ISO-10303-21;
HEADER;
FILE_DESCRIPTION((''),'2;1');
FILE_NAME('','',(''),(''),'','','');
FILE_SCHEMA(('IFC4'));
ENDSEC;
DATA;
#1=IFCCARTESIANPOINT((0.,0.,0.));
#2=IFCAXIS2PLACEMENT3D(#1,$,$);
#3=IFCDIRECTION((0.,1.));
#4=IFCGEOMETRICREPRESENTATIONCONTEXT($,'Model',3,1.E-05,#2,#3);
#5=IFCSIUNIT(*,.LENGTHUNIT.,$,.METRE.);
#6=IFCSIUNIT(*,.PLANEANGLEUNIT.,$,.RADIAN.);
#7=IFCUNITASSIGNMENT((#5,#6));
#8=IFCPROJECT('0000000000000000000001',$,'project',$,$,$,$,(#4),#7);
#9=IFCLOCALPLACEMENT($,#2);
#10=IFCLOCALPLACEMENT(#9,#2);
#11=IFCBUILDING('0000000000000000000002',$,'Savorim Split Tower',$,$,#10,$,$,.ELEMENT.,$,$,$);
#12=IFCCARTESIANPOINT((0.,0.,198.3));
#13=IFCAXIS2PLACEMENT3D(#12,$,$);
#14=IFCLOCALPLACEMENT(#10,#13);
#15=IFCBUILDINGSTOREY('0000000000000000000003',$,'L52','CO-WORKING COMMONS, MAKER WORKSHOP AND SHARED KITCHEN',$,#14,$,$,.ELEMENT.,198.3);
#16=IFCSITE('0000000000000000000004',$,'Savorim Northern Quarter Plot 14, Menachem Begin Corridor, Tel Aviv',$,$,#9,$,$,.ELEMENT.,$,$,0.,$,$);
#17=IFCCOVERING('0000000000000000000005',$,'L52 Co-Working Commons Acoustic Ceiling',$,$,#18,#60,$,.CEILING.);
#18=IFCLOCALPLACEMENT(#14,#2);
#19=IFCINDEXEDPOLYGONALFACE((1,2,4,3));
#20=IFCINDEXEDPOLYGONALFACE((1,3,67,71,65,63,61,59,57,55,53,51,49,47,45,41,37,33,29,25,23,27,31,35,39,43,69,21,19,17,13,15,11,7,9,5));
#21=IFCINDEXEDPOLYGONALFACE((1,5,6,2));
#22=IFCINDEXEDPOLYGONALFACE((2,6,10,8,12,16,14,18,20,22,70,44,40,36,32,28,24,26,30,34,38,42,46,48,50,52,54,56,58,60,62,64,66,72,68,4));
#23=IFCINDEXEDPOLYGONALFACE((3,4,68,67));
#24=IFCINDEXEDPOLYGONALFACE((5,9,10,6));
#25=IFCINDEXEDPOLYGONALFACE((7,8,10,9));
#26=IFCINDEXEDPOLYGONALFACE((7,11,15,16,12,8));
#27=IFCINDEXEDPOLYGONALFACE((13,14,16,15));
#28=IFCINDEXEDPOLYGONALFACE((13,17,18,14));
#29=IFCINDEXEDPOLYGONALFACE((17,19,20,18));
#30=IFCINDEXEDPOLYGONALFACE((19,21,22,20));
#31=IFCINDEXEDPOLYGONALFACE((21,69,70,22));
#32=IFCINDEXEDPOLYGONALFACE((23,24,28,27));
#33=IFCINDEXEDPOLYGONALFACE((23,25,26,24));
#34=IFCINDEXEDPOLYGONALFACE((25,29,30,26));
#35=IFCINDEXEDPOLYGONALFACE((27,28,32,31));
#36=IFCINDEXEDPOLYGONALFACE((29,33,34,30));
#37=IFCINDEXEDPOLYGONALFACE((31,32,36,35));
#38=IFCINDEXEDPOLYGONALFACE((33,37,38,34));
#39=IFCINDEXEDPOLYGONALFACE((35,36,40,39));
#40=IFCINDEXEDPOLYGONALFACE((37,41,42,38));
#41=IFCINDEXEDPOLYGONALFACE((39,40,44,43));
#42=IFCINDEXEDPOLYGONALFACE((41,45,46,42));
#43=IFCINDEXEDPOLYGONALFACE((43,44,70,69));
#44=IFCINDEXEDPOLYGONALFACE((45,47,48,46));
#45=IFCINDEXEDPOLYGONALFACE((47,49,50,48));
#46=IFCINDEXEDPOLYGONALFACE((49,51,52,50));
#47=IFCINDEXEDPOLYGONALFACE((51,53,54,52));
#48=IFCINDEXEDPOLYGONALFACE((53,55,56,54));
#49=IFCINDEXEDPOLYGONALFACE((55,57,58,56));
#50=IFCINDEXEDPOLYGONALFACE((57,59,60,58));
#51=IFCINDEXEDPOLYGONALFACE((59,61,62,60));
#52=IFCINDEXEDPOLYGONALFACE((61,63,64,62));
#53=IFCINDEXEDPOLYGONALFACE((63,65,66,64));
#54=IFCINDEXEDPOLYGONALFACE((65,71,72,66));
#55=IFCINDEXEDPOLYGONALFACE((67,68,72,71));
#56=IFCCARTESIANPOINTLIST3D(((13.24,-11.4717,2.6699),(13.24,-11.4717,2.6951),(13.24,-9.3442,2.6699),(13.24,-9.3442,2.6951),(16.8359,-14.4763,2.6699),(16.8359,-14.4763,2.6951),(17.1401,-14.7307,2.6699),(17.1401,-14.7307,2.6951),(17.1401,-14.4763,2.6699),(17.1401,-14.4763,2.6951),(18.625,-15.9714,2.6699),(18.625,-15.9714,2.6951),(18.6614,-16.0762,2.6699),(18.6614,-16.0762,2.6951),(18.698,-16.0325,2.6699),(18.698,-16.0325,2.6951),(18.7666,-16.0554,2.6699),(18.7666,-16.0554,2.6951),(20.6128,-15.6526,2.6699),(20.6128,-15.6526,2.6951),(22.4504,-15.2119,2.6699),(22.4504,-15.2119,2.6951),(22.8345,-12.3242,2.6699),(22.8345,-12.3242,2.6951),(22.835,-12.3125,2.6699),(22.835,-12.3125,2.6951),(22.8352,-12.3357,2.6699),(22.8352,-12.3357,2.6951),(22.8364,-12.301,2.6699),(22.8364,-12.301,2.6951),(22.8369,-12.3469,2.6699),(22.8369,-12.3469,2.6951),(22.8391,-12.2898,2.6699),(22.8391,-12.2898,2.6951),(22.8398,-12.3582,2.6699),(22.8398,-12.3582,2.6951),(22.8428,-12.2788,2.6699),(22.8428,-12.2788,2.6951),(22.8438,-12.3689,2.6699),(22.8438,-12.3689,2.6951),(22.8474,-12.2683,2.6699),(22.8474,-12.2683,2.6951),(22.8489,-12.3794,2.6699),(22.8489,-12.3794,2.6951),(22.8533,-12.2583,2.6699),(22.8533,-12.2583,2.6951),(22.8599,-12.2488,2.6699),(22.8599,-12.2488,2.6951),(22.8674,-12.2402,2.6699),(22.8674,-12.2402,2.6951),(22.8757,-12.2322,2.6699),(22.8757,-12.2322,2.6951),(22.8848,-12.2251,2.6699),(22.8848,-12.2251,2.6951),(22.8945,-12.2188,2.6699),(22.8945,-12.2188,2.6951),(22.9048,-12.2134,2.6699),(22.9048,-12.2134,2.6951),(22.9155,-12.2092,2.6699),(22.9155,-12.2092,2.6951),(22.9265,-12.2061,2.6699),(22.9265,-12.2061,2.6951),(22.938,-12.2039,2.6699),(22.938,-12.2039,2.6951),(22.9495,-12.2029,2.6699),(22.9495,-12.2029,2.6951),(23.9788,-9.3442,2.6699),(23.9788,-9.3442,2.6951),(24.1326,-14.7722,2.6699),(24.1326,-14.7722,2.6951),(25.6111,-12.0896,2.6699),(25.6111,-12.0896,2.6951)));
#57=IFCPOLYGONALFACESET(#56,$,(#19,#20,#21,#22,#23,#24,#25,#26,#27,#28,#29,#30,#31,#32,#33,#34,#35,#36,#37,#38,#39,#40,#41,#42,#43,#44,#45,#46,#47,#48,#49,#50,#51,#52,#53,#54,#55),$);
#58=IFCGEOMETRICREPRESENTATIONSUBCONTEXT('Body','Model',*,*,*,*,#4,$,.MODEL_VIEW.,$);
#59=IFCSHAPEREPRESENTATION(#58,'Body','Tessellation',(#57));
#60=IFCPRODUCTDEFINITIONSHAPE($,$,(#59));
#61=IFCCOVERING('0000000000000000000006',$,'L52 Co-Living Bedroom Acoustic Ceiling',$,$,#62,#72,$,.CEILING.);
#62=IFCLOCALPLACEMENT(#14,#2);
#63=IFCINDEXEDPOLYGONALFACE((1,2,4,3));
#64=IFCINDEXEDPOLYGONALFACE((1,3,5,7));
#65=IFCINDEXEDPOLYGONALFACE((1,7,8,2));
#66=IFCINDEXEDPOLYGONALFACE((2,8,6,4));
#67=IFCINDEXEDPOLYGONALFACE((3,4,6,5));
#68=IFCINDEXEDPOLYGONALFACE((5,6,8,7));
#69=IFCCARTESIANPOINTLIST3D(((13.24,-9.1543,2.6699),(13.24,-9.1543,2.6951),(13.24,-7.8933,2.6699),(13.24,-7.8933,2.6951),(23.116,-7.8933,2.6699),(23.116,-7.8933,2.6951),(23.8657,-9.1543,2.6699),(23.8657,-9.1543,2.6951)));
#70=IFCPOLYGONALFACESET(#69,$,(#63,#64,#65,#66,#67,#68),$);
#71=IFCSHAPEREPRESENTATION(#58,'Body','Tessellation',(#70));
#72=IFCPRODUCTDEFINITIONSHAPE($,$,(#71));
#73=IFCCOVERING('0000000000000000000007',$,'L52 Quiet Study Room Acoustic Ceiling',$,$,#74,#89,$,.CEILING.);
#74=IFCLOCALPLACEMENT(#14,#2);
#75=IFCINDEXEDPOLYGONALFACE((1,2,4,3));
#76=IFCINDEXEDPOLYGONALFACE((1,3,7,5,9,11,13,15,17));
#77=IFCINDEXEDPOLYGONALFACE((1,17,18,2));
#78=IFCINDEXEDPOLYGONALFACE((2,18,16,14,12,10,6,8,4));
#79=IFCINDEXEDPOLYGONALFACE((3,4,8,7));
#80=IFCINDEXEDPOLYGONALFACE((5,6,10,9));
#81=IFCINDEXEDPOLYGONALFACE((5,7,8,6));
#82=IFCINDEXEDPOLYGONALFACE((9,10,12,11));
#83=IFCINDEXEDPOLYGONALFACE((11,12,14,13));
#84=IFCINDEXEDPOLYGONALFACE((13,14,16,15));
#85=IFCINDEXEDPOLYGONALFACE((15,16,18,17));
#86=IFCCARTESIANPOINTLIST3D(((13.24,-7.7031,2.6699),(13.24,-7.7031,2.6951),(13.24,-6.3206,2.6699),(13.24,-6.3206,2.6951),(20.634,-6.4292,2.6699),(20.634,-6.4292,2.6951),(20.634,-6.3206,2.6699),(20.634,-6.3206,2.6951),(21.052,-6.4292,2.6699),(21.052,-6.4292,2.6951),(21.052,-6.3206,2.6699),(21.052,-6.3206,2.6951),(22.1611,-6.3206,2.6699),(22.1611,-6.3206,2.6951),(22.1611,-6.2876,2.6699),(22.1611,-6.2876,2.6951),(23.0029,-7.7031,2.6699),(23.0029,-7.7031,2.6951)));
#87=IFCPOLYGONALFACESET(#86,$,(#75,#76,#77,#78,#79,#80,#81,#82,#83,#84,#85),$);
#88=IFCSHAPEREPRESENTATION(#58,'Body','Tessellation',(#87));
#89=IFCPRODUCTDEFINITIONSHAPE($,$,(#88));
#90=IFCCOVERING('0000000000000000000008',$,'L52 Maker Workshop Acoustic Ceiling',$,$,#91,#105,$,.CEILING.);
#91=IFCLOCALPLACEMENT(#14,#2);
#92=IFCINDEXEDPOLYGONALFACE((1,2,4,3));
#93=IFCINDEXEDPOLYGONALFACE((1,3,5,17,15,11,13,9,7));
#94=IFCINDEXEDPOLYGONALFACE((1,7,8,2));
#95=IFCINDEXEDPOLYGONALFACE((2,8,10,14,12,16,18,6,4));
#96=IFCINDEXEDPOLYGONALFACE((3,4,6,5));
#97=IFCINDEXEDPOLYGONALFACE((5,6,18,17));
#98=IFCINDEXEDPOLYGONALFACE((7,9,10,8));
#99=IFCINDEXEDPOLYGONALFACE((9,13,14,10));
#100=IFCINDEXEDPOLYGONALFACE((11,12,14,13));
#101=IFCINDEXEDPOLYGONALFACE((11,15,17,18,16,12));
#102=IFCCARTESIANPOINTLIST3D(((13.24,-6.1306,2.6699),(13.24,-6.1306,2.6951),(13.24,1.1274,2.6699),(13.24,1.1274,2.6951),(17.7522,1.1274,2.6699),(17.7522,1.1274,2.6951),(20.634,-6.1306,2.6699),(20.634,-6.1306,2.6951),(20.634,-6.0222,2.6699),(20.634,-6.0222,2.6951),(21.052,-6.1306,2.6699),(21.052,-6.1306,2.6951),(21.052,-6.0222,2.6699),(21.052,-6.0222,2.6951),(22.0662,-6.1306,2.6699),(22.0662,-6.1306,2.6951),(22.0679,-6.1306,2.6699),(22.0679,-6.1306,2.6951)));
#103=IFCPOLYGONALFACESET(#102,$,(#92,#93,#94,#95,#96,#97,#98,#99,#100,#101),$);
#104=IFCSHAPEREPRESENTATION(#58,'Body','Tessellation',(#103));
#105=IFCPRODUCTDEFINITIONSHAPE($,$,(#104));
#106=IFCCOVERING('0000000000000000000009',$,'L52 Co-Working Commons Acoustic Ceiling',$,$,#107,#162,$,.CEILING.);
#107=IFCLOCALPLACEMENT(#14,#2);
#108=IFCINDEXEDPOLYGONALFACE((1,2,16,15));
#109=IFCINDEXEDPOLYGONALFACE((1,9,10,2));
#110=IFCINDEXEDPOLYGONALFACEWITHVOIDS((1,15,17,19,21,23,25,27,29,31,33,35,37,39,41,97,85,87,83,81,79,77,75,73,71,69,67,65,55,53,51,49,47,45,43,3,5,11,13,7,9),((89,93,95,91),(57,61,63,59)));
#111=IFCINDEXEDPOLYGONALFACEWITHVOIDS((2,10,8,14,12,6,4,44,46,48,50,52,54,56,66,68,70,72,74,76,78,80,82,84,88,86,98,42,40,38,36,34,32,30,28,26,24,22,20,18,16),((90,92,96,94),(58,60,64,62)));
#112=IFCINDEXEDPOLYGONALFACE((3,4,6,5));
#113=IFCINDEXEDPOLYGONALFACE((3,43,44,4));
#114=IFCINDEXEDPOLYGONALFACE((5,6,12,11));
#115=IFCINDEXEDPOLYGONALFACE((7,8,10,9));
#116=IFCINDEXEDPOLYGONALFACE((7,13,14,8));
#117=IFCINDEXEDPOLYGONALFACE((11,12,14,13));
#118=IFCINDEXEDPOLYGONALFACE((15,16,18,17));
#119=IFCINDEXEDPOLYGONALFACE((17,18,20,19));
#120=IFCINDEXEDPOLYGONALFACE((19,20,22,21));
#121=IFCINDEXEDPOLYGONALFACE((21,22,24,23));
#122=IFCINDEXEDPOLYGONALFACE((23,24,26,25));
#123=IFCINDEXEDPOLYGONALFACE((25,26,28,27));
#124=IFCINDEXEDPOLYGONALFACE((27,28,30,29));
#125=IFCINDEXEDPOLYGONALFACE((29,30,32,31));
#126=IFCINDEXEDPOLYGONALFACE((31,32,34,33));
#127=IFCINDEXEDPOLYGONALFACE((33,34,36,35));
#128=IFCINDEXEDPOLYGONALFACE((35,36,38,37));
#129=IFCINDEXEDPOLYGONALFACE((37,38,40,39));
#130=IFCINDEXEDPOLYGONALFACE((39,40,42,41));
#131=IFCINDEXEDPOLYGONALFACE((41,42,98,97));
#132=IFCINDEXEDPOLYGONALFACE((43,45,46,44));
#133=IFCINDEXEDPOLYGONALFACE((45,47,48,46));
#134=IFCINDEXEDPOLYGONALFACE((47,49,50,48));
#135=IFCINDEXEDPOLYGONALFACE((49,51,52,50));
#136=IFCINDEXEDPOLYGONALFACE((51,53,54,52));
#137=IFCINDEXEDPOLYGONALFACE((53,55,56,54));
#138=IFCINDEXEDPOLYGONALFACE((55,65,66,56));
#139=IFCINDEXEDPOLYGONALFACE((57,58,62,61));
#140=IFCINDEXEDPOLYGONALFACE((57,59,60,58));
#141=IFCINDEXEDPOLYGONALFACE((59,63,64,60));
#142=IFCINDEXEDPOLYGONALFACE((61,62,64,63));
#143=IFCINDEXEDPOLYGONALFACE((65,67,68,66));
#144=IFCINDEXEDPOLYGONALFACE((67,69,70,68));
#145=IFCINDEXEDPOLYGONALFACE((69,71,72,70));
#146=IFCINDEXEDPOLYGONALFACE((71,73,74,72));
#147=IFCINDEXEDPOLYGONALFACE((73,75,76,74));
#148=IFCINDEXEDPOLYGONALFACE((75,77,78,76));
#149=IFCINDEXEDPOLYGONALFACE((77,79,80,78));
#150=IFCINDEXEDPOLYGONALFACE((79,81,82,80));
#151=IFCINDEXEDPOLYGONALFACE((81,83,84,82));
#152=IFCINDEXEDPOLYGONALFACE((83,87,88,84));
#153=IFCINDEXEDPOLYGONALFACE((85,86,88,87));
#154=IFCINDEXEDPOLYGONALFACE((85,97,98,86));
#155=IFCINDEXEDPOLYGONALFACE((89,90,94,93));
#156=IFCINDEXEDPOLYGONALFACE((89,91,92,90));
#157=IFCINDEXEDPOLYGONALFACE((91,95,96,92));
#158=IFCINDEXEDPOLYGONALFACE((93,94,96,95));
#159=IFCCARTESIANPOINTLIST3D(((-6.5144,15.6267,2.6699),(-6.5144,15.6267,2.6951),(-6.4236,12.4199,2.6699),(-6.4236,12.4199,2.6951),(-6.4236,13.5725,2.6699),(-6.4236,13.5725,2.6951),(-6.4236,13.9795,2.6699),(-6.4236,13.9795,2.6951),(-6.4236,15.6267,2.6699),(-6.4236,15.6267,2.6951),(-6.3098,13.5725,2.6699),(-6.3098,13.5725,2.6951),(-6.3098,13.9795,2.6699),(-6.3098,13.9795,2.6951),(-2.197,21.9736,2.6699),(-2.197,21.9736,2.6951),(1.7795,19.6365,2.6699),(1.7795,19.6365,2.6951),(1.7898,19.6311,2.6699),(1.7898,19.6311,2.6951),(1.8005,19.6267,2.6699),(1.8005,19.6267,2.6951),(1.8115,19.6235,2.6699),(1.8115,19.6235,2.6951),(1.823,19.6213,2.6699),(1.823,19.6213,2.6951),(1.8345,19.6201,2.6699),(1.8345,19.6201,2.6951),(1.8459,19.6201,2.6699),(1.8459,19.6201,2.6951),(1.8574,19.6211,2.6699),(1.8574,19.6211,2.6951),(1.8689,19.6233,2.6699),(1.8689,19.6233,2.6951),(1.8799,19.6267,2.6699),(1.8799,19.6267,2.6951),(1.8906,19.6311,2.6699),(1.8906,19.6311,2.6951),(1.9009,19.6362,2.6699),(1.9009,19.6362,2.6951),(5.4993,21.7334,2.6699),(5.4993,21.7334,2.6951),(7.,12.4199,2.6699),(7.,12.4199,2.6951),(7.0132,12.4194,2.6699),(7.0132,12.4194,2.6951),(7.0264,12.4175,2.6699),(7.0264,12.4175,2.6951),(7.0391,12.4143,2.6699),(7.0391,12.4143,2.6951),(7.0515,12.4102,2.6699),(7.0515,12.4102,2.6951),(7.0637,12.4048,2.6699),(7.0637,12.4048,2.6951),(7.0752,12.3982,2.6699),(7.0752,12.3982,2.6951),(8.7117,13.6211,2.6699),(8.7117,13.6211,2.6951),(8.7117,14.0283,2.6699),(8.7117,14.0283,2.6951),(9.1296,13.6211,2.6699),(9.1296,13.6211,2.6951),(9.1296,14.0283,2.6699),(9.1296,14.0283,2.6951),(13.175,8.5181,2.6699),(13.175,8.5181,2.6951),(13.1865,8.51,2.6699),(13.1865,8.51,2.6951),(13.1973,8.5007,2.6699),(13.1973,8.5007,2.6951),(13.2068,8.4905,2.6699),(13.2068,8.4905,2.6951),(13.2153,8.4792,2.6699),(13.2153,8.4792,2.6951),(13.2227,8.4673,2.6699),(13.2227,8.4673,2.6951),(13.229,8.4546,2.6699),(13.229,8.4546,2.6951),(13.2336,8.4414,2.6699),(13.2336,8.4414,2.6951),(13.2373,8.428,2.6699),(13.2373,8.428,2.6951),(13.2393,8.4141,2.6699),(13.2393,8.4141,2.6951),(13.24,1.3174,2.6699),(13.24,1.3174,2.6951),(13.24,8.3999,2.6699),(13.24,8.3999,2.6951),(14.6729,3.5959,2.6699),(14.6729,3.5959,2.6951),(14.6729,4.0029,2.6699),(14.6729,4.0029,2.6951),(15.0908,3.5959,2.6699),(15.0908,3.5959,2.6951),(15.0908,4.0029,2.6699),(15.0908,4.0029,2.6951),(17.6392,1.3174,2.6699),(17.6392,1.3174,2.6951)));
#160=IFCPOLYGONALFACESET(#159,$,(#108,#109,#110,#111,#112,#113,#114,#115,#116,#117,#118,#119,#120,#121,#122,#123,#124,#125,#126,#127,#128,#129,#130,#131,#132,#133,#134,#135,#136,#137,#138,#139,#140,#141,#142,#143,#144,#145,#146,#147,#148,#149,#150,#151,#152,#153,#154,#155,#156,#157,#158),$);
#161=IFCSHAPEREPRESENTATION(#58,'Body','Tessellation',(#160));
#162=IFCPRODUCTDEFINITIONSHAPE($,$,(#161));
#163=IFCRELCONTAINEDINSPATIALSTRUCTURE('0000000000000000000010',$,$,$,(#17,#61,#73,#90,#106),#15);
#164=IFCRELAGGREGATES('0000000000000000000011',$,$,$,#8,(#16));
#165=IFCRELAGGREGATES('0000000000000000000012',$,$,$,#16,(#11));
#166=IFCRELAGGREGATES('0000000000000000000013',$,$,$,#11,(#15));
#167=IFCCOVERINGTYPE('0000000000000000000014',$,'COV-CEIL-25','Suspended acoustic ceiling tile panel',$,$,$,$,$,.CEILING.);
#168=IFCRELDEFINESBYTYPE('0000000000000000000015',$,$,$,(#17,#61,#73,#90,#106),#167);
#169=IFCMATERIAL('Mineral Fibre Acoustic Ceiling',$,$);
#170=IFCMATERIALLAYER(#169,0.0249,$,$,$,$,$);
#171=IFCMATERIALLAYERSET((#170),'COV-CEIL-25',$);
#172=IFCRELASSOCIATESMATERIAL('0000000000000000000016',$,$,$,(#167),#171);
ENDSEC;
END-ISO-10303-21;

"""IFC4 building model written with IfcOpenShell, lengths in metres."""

from ifc_helpers import new_model, si_unit, direction, frame, origin, place, context, subcontext, project, spatial, polyline, outline, extrude, material, layer, layer_set, type_object, element, save


model = new_model("IFC4")

# Units and contexts
model_context = context("Model", 3, precision=1e-05, world=origin(), true_north=direction((0.0, 1.0)))
body_context = subcontext(model_context, "Body", "Model", "MODEL_VIEW")
ifc_project = project(units=[si_unit("LENGTHUNIT", "METRE"), si_unit("PLANEANGLEUNIT", "RADIAN")], contexts=[model_context])

# Site, building, storey
site_placement = place(None, origin())
site = spatial("IfcSite", under=ifc_project, at=site_placement, Name="Savorim Northern Quarter Plot 14, Menachem Begin Corridor, Tel Aviv", CompositionType="ELEMENT", RefElevation=0.0)
building_placement = place(site_placement, origin())
building = spatial("IfcBuilding", under=site, at=building_placement, Name="Savorim Split Tower", CompositionType="ELEMENT")
storey_placement = place(building_placement, frame((0.0, 0.0, 198.3)))
storey = spatial("IfcBuildingStorey", under=building, at=storey_placement, Name="L52", Description="CO-WORKING COMMONS, MAKER WORKSHOP AND SHARED KITCHEN", CompositionType="ELEMENT", Elevation=198.3)

# Coverings
ifc_material_1 = material(Name="Mineral Fibre Acoustic Ceiling")
ifc_layer_1 = layer(ifc_material_1, 0.0249)
ifc_layer_set_1 = layer_set([ifc_layer_1], Name="COV-CEIL-25")
covering_type_1 = type_object("IfcCoveringType", Name="COV-CEIL-25", Description="Suspended acoustic ceiling tile panel", PredefinedType="CEILING", material=ifc_layer_set_1)
covering_1_placement = place(storey_placement, frame((0.0, 0.0, 2.6699)))
element("IfcCovering", 1, at=covering_1_placement, inside=storey, type_object=covering_type_1, Name="L52 Co-Working Commons Acoustic Ceiling", PredefinedType="CEILING", context=body_context, shape_type="SweptSolid", body=[
    extrude(outline(polyline([(22.9265, -12.2061), (22.938, -12.2039), (22.9495, -12.2029), (25.6111, -12.0896), (23.9788, -9.3442), (13.24, -9.3442), (13.24, -11.4717), (16.8359, -14.4763), (17.1401, -14.4763), (17.1401, -14.7307), (18.625, -15.9714), (18.698, -16.0325), (18.6614, -16.0762), (18.7666, -16.0554), (20.6128, -15.6526), (22.4504, -15.2119), (24.1326, -14.7722), (22.8489, -12.3794), (22.8438, -12.3689), (22.8398, -12.3582), (22.8369, -12.3469), (22.8352, -12.3357), (22.8345, -12.3242), (22.835, -12.3125), (22.8364, -12.301), (22.8391, -12.2898), (22.8428, -12.2788), (22.8474, -12.2683), (22.8533, -12.2583), (22.8599, -12.2488), (22.8674, -12.2402), (22.8757, -12.2322), (22.8848, -12.2251), (22.8945, -12.2188), (22.9048, -12.2134), (22.9155, -12.2092), (22.9265, -12.2061)])), origin(), (0.0, 0.0, 1.0), 0.0251),
])
covering_2_placement = place(storey_placement, frame((0.0, 0.0, 2.6699)))
element("IfcCovering", 2, at=covering_2_placement, inside=storey, type_object=covering_type_1, Name="L52 Co-Living Bedroom Acoustic Ceiling", PredefinedType="CEILING", context=body_context, shape_type="SweptSolid", body=[
    extrude(outline(polyline([(23.8657, -9.1543), (23.116, -7.8933), (13.24, -7.8933), (13.24, -9.1543), (23.8657, -9.1543)])), origin(), (0.0, 0.0, 1.0), 0.0251),
])
covering_3_placement = place(storey_placement, frame((0.0, 0.0, 2.6699)))
element("IfcCovering", 3, at=covering_3_placement, inside=storey, type_object=covering_type_1, Name="L52 Quiet Study Room Acoustic Ceiling", PredefinedType="CEILING", context=body_context, shape_type="SweptSolid", body=[
    extrude(outline(polyline([(20.634, -6.4292), (20.634, -6.3206), (13.24, -6.3206), (13.24, -7.7031), (23.0029, -7.7031), (22.1611, -6.2876), (22.1611, -6.3206), (21.052, -6.3206), (21.052, -6.4292), (20.634, -6.4292)])), origin(), (0.0, 0.0, 1.0), 0.0251),
])
covering_4_placement = place(storey_placement, frame((0.0, 0.0, 2.6699)))
element("IfcCovering", 4, at=covering_4_placement, inside=storey, type_object=covering_type_1, Name="L52 Maker Workshop Acoustic Ceiling", PredefinedType="CEILING", context=body_context, shape_type="SweptSolid", body=[
    extrude(outline(polyline([(21.052, -6.1306), (22.0662, -6.1306), (22.0679, -6.1306), (17.7522, 1.1274), (13.24, 1.1274), (13.24, -6.1306), (20.634, -6.1306), (20.634, -6.0222), (21.052, -6.0222), (21.052, -6.1306)])), origin(), (0.0, 0.0, 1.0), 0.0251),
])
covering_5_placement = place(storey_placement, frame((0.0, 0.0, 2.6699)))
element("IfcCovering", 5, at=covering_5_placement, inside=storey, type_object=covering_type_1, Name="L52 Co-Working Commons Acoustic Ceiling", PredefinedType="CEILING", context=body_context, shape_type="SweptSolid", body=[
    extrude(outline(polyline([(1.8005, 19.6267), (1.7898, 19.6311), (1.7795, 19.6365), (-2.197, 21.9736), (-6.5144, 15.6267), (-6.4236, 15.6267), (-6.4236, 13.9795), (-6.3098, 13.9795), (-6.3098, 13.5725), (-6.4236, 13.5725), (-6.4236, 12.4199), (7.0, 12.4199), (7.0132, 12.4194), (7.0264, 12.4175), (7.0391, 12.4143), (7.0515, 12.4102), (7.0637, 12.4048), (7.0752, 12.3982), (13.175, 8.5181), (13.1865, 8.51), (13.1973, 8.5007), (13.2068, 8.4905), (13.2153, 8.4792), (13.2227, 8.4673), (13.229, 8.4546), (13.2336, 8.4414), (13.2373, 8.428), (13.2393, 8.4141), (13.24, 8.3999), (13.24, 1.3174), (17.6392, 1.3174), (5.4993, 21.7334), (1.9009, 19.6362), (1.8906, 19.6311), (1.8799, 19.6267), (1.8689, 19.6233), (1.8574, 19.6211), (1.8459, 19.6201), (1.8345, 19.6201), (1.823, 19.6213), (1.8115, 19.6235), (1.8005, 19.6267)]), holes=[polyline([(15.0908, 3.5959), (15.0908, 4.0029), (14.6729, 4.0029), (14.6729, 3.5959), (15.0908, 3.5959)]), polyline([(9.1296, 14.0283), (8.7117, 14.0283), (8.7117, 13.6211), (9.1296, 13.6211), (9.1296, 14.0283)])]), origin(), (0.0, 0.0, 1.0), 0.0251),
])

save(model, "model.ifc")
